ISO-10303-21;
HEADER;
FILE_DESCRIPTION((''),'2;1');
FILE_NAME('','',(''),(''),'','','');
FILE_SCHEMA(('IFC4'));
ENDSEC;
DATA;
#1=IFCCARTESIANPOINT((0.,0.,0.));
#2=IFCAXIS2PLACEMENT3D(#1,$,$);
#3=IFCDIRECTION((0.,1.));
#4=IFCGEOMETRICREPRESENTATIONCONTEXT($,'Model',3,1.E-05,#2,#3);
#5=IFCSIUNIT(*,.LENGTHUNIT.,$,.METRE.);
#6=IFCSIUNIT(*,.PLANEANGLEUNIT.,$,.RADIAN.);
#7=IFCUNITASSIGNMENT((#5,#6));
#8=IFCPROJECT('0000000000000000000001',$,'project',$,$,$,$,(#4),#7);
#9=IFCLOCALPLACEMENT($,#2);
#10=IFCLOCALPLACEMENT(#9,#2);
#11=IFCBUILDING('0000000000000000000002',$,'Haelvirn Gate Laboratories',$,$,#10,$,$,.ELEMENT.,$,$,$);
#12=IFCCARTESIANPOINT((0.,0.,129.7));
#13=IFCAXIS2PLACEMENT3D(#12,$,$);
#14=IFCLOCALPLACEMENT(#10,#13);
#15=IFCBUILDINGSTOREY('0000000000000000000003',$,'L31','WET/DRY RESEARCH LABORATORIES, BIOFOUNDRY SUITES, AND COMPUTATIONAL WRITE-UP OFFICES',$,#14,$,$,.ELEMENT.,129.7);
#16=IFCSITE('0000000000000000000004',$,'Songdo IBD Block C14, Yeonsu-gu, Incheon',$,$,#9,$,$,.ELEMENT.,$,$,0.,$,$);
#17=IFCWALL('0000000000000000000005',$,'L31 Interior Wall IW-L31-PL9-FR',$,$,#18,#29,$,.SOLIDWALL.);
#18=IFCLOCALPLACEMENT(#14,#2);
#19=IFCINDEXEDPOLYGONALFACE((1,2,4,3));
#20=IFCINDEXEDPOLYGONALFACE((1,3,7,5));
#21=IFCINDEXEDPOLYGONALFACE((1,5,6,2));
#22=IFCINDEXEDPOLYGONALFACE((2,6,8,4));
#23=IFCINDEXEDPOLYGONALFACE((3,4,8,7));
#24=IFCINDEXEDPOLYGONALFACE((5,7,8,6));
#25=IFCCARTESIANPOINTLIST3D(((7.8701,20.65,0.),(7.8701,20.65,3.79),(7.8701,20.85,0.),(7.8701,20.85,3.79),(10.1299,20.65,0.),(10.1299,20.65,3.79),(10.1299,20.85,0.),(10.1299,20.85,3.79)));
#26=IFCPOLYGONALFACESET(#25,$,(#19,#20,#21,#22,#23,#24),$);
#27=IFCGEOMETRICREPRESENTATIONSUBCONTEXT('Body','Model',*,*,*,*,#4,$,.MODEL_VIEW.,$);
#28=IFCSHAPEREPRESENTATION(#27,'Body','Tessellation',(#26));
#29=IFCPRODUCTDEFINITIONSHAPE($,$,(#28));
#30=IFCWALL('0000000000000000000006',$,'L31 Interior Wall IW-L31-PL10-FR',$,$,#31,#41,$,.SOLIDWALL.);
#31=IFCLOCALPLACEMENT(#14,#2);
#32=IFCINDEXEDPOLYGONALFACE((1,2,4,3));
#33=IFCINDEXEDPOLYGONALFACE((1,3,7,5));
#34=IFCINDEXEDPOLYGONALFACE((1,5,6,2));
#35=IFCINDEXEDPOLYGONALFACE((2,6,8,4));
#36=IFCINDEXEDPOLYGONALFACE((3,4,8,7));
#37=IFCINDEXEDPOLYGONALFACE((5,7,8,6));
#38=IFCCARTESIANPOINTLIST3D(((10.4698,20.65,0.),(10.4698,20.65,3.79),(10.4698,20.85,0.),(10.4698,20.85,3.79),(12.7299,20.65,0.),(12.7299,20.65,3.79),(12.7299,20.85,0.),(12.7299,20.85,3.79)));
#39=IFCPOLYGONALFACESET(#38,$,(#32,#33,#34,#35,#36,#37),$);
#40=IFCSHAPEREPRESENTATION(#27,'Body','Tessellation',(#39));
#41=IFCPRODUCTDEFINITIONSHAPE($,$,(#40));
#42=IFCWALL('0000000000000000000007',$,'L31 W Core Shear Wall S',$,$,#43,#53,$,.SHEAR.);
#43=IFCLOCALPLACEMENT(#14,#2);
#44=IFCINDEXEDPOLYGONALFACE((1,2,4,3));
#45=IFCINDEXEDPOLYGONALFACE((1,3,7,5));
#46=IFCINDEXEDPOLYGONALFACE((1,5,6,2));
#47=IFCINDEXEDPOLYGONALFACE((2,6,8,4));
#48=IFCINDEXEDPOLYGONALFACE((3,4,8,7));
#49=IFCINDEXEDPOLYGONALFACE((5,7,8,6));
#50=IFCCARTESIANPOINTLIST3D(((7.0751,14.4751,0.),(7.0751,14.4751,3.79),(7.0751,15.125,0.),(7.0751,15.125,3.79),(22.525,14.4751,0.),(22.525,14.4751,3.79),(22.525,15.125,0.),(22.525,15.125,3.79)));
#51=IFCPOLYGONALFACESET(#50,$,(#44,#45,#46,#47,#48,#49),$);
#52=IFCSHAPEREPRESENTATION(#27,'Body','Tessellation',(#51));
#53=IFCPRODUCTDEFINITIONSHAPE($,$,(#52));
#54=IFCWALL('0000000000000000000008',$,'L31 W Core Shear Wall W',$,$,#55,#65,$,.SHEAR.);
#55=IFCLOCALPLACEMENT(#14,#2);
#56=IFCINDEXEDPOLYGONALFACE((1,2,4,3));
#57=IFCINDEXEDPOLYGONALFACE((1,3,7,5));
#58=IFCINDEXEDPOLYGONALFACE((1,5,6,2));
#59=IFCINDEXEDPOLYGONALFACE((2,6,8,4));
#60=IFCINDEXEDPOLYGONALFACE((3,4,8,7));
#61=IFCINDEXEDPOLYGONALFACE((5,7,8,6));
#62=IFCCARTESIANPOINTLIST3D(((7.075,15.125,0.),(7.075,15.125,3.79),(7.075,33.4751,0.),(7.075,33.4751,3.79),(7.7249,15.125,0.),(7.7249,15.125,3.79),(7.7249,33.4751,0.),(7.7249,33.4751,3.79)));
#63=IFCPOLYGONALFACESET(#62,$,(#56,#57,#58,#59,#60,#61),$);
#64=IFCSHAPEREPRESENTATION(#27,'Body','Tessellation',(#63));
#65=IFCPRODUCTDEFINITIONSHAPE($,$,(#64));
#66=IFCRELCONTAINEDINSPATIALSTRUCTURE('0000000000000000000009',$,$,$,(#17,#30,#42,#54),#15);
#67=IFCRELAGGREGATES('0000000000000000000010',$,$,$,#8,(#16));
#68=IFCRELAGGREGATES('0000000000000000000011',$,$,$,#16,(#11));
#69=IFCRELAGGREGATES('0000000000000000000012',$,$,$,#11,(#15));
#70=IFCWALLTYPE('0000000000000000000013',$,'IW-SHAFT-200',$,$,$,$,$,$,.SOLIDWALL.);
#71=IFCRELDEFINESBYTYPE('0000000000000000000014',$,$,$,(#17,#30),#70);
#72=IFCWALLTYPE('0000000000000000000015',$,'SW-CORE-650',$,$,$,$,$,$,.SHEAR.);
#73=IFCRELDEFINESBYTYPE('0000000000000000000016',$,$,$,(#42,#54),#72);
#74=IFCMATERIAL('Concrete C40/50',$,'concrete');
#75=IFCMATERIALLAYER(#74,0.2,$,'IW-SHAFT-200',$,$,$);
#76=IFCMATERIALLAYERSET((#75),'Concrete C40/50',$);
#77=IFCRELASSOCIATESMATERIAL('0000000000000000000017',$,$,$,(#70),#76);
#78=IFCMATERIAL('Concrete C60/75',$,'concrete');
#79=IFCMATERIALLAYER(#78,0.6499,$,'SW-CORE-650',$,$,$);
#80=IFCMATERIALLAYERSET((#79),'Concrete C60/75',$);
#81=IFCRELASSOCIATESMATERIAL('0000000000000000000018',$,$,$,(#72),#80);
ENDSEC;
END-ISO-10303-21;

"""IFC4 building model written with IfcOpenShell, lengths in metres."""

from ifc_helpers import new_model, si_unit, direction, frame, frame_2d, origin, place, context, subcontext, project, spatial, rectangle, extrude, material, layer, layer_set, type_object, element, save


model = new_model("IFC4")

# Units and contexts
model_context = context("Model", 3, precision=1e-05, world=origin(), true_north=direction((0.0, 1.0)))
body_context = subcontext(model_context, "Body", "Model", "MODEL_VIEW")
ifc_project = project(units=[si_unit("LENGTHUNIT", "METRE"), si_unit("PLANEANGLEUNIT", "RADIAN")], contexts=[model_context])

# Site, building, storey
site_placement = place(None, origin())
site = spatial("IfcSite", under=ifc_project, at=site_placement, Name="Songdo IBD Block C14, Yeonsu-gu, Incheon", CompositionType="ELEMENT", RefElevation=0.0)
building_placement = place(site_placement, origin())
building = spatial("IfcBuilding", under=site, at=building_placement, Name="Haelvirn Gate Laboratories", CompositionType="ELEMENT")
storey_placement = place(building_placement, frame((0.0, 0.0, 129.7)))
storey = spatial("IfcBuildingStorey", under=building, at=storey_placement, Name="L31", Description="WET/DRY RESEARCH LABORATORIES, BIOFOUNDRY SUITES, AND COMPUTATIONAL WRITE-UP OFFICES", CompositionType="ELEMENT", Elevation=129.7)

# Shared definitions
ifc_material_1 = material(Name="Concrete C60/75", Category="concrete")

# Shared definitions
ifc_material_2 = material(Name="Concrete C40/50", Category="concrete")

# Shared definitions
ifc_layer_1 = layer(ifc_material_2, 0.2, Name="IW-SHAFT-200")
ifc_layer_set_1 = layer_set([ifc_layer_1], Name="Concrete C40/50")
wall_type_1 = type_object("IfcWallType", Name="IW-SHAFT-200", PredefinedType="SOLIDWALL", material=ifc_layer_set_1)

# Walls
wall_1_placement = place(storey_placement, frame((7.8701, 20.75, 0.0), z_axis=(0.0, 0.0, 1.0), x_axis=(1.0, 0.0, 0.0)))
element("IfcWall", 1, at=wall_1_placement, inside=storey, type_object=wall_type_1, Name="L31 Interior Wall IW-L31-PL9-FR", PredefinedType="SOLIDWALL", context=body_context, shape_type="SweptSolid", body=[
    extrude(rectangle(XDim=2.2598, YDim=0.2, at=frame_2d((1.1299, 0.0))), origin(), (0.0, 0.0, 1.0), 3.79),
])
wall_2_placement = place(storey_placement, frame((10.47, 20.75, 0.0), z_axis=(0.0, 0.0, 1.0), x_axis=(1.0, 0.0, 0.0)))
element("IfcWall", 2, at=wall_2_placement, inside=storey, type_object=wall_type_1, Name="L31 Interior Wall IW-L31-PL10-FR", PredefinedType="SOLIDWALL", context=body_context, shape_type="SweptSolid", body=[
    extrude(rectangle(XDim=2.26, YDim=0.2, at=frame_2d((1.1299, 0.0))), origin(), (0.0, 0.0, 1.0), 3.79),
])
ifc_layer_2 = layer(ifc_material_1, 0.6499, Name="SW-CORE-650")
ifc_layer_set_2 = layer_set([ifc_layer_2], Name="Concrete C60/75")
wall_type_2 = type_object("IfcWallType", Name="SW-CORE-650", PredefinedType="SHEAR", material=ifc_layer_set_2)
wall_3_placement = place(storey_placement, frame((7.075, 14.8, 0.0), z_axis=(0.0, 0.0, 1.0), x_axis=(1.0, 0.0, 0.0)))
element("IfcWall", 3, at=wall_3_placement, inside=storey, type_object=wall_type_2, Name="L31 W Core Shear Wall S", PredefinedType="SHEAR", context=body_context, shape_type="SweptSolid", body=[
    extrude(rectangle(XDim=15.45, YDim=0.6499, at=frame_2d((7.7251, 0.0))), origin(), (0.0, 0.0, 1.0), 3.79),
])
wall_4_placement = place(storey_placement, frame((7.3999, 15.125, 0.0), z_axis=(0.0, 0.0, 1.0), x_axis=(0.0, 1.0, 0.0)))
element("IfcWall", 4, at=wall_4_placement, inside=storey, type_object=wall_type_2, Name="L31 W Core Shear Wall W", PredefinedType="SHEAR", context=body_context, shape_type="SweptSolid", body=[
    extrude(rectangle(XDim=18.3501, YDim=0.6499, at=frame_2d((9.175, 0.0))), origin(), (0.0, 0.0, 1.0), 3.79),
])

save(model, "model.ifc")
